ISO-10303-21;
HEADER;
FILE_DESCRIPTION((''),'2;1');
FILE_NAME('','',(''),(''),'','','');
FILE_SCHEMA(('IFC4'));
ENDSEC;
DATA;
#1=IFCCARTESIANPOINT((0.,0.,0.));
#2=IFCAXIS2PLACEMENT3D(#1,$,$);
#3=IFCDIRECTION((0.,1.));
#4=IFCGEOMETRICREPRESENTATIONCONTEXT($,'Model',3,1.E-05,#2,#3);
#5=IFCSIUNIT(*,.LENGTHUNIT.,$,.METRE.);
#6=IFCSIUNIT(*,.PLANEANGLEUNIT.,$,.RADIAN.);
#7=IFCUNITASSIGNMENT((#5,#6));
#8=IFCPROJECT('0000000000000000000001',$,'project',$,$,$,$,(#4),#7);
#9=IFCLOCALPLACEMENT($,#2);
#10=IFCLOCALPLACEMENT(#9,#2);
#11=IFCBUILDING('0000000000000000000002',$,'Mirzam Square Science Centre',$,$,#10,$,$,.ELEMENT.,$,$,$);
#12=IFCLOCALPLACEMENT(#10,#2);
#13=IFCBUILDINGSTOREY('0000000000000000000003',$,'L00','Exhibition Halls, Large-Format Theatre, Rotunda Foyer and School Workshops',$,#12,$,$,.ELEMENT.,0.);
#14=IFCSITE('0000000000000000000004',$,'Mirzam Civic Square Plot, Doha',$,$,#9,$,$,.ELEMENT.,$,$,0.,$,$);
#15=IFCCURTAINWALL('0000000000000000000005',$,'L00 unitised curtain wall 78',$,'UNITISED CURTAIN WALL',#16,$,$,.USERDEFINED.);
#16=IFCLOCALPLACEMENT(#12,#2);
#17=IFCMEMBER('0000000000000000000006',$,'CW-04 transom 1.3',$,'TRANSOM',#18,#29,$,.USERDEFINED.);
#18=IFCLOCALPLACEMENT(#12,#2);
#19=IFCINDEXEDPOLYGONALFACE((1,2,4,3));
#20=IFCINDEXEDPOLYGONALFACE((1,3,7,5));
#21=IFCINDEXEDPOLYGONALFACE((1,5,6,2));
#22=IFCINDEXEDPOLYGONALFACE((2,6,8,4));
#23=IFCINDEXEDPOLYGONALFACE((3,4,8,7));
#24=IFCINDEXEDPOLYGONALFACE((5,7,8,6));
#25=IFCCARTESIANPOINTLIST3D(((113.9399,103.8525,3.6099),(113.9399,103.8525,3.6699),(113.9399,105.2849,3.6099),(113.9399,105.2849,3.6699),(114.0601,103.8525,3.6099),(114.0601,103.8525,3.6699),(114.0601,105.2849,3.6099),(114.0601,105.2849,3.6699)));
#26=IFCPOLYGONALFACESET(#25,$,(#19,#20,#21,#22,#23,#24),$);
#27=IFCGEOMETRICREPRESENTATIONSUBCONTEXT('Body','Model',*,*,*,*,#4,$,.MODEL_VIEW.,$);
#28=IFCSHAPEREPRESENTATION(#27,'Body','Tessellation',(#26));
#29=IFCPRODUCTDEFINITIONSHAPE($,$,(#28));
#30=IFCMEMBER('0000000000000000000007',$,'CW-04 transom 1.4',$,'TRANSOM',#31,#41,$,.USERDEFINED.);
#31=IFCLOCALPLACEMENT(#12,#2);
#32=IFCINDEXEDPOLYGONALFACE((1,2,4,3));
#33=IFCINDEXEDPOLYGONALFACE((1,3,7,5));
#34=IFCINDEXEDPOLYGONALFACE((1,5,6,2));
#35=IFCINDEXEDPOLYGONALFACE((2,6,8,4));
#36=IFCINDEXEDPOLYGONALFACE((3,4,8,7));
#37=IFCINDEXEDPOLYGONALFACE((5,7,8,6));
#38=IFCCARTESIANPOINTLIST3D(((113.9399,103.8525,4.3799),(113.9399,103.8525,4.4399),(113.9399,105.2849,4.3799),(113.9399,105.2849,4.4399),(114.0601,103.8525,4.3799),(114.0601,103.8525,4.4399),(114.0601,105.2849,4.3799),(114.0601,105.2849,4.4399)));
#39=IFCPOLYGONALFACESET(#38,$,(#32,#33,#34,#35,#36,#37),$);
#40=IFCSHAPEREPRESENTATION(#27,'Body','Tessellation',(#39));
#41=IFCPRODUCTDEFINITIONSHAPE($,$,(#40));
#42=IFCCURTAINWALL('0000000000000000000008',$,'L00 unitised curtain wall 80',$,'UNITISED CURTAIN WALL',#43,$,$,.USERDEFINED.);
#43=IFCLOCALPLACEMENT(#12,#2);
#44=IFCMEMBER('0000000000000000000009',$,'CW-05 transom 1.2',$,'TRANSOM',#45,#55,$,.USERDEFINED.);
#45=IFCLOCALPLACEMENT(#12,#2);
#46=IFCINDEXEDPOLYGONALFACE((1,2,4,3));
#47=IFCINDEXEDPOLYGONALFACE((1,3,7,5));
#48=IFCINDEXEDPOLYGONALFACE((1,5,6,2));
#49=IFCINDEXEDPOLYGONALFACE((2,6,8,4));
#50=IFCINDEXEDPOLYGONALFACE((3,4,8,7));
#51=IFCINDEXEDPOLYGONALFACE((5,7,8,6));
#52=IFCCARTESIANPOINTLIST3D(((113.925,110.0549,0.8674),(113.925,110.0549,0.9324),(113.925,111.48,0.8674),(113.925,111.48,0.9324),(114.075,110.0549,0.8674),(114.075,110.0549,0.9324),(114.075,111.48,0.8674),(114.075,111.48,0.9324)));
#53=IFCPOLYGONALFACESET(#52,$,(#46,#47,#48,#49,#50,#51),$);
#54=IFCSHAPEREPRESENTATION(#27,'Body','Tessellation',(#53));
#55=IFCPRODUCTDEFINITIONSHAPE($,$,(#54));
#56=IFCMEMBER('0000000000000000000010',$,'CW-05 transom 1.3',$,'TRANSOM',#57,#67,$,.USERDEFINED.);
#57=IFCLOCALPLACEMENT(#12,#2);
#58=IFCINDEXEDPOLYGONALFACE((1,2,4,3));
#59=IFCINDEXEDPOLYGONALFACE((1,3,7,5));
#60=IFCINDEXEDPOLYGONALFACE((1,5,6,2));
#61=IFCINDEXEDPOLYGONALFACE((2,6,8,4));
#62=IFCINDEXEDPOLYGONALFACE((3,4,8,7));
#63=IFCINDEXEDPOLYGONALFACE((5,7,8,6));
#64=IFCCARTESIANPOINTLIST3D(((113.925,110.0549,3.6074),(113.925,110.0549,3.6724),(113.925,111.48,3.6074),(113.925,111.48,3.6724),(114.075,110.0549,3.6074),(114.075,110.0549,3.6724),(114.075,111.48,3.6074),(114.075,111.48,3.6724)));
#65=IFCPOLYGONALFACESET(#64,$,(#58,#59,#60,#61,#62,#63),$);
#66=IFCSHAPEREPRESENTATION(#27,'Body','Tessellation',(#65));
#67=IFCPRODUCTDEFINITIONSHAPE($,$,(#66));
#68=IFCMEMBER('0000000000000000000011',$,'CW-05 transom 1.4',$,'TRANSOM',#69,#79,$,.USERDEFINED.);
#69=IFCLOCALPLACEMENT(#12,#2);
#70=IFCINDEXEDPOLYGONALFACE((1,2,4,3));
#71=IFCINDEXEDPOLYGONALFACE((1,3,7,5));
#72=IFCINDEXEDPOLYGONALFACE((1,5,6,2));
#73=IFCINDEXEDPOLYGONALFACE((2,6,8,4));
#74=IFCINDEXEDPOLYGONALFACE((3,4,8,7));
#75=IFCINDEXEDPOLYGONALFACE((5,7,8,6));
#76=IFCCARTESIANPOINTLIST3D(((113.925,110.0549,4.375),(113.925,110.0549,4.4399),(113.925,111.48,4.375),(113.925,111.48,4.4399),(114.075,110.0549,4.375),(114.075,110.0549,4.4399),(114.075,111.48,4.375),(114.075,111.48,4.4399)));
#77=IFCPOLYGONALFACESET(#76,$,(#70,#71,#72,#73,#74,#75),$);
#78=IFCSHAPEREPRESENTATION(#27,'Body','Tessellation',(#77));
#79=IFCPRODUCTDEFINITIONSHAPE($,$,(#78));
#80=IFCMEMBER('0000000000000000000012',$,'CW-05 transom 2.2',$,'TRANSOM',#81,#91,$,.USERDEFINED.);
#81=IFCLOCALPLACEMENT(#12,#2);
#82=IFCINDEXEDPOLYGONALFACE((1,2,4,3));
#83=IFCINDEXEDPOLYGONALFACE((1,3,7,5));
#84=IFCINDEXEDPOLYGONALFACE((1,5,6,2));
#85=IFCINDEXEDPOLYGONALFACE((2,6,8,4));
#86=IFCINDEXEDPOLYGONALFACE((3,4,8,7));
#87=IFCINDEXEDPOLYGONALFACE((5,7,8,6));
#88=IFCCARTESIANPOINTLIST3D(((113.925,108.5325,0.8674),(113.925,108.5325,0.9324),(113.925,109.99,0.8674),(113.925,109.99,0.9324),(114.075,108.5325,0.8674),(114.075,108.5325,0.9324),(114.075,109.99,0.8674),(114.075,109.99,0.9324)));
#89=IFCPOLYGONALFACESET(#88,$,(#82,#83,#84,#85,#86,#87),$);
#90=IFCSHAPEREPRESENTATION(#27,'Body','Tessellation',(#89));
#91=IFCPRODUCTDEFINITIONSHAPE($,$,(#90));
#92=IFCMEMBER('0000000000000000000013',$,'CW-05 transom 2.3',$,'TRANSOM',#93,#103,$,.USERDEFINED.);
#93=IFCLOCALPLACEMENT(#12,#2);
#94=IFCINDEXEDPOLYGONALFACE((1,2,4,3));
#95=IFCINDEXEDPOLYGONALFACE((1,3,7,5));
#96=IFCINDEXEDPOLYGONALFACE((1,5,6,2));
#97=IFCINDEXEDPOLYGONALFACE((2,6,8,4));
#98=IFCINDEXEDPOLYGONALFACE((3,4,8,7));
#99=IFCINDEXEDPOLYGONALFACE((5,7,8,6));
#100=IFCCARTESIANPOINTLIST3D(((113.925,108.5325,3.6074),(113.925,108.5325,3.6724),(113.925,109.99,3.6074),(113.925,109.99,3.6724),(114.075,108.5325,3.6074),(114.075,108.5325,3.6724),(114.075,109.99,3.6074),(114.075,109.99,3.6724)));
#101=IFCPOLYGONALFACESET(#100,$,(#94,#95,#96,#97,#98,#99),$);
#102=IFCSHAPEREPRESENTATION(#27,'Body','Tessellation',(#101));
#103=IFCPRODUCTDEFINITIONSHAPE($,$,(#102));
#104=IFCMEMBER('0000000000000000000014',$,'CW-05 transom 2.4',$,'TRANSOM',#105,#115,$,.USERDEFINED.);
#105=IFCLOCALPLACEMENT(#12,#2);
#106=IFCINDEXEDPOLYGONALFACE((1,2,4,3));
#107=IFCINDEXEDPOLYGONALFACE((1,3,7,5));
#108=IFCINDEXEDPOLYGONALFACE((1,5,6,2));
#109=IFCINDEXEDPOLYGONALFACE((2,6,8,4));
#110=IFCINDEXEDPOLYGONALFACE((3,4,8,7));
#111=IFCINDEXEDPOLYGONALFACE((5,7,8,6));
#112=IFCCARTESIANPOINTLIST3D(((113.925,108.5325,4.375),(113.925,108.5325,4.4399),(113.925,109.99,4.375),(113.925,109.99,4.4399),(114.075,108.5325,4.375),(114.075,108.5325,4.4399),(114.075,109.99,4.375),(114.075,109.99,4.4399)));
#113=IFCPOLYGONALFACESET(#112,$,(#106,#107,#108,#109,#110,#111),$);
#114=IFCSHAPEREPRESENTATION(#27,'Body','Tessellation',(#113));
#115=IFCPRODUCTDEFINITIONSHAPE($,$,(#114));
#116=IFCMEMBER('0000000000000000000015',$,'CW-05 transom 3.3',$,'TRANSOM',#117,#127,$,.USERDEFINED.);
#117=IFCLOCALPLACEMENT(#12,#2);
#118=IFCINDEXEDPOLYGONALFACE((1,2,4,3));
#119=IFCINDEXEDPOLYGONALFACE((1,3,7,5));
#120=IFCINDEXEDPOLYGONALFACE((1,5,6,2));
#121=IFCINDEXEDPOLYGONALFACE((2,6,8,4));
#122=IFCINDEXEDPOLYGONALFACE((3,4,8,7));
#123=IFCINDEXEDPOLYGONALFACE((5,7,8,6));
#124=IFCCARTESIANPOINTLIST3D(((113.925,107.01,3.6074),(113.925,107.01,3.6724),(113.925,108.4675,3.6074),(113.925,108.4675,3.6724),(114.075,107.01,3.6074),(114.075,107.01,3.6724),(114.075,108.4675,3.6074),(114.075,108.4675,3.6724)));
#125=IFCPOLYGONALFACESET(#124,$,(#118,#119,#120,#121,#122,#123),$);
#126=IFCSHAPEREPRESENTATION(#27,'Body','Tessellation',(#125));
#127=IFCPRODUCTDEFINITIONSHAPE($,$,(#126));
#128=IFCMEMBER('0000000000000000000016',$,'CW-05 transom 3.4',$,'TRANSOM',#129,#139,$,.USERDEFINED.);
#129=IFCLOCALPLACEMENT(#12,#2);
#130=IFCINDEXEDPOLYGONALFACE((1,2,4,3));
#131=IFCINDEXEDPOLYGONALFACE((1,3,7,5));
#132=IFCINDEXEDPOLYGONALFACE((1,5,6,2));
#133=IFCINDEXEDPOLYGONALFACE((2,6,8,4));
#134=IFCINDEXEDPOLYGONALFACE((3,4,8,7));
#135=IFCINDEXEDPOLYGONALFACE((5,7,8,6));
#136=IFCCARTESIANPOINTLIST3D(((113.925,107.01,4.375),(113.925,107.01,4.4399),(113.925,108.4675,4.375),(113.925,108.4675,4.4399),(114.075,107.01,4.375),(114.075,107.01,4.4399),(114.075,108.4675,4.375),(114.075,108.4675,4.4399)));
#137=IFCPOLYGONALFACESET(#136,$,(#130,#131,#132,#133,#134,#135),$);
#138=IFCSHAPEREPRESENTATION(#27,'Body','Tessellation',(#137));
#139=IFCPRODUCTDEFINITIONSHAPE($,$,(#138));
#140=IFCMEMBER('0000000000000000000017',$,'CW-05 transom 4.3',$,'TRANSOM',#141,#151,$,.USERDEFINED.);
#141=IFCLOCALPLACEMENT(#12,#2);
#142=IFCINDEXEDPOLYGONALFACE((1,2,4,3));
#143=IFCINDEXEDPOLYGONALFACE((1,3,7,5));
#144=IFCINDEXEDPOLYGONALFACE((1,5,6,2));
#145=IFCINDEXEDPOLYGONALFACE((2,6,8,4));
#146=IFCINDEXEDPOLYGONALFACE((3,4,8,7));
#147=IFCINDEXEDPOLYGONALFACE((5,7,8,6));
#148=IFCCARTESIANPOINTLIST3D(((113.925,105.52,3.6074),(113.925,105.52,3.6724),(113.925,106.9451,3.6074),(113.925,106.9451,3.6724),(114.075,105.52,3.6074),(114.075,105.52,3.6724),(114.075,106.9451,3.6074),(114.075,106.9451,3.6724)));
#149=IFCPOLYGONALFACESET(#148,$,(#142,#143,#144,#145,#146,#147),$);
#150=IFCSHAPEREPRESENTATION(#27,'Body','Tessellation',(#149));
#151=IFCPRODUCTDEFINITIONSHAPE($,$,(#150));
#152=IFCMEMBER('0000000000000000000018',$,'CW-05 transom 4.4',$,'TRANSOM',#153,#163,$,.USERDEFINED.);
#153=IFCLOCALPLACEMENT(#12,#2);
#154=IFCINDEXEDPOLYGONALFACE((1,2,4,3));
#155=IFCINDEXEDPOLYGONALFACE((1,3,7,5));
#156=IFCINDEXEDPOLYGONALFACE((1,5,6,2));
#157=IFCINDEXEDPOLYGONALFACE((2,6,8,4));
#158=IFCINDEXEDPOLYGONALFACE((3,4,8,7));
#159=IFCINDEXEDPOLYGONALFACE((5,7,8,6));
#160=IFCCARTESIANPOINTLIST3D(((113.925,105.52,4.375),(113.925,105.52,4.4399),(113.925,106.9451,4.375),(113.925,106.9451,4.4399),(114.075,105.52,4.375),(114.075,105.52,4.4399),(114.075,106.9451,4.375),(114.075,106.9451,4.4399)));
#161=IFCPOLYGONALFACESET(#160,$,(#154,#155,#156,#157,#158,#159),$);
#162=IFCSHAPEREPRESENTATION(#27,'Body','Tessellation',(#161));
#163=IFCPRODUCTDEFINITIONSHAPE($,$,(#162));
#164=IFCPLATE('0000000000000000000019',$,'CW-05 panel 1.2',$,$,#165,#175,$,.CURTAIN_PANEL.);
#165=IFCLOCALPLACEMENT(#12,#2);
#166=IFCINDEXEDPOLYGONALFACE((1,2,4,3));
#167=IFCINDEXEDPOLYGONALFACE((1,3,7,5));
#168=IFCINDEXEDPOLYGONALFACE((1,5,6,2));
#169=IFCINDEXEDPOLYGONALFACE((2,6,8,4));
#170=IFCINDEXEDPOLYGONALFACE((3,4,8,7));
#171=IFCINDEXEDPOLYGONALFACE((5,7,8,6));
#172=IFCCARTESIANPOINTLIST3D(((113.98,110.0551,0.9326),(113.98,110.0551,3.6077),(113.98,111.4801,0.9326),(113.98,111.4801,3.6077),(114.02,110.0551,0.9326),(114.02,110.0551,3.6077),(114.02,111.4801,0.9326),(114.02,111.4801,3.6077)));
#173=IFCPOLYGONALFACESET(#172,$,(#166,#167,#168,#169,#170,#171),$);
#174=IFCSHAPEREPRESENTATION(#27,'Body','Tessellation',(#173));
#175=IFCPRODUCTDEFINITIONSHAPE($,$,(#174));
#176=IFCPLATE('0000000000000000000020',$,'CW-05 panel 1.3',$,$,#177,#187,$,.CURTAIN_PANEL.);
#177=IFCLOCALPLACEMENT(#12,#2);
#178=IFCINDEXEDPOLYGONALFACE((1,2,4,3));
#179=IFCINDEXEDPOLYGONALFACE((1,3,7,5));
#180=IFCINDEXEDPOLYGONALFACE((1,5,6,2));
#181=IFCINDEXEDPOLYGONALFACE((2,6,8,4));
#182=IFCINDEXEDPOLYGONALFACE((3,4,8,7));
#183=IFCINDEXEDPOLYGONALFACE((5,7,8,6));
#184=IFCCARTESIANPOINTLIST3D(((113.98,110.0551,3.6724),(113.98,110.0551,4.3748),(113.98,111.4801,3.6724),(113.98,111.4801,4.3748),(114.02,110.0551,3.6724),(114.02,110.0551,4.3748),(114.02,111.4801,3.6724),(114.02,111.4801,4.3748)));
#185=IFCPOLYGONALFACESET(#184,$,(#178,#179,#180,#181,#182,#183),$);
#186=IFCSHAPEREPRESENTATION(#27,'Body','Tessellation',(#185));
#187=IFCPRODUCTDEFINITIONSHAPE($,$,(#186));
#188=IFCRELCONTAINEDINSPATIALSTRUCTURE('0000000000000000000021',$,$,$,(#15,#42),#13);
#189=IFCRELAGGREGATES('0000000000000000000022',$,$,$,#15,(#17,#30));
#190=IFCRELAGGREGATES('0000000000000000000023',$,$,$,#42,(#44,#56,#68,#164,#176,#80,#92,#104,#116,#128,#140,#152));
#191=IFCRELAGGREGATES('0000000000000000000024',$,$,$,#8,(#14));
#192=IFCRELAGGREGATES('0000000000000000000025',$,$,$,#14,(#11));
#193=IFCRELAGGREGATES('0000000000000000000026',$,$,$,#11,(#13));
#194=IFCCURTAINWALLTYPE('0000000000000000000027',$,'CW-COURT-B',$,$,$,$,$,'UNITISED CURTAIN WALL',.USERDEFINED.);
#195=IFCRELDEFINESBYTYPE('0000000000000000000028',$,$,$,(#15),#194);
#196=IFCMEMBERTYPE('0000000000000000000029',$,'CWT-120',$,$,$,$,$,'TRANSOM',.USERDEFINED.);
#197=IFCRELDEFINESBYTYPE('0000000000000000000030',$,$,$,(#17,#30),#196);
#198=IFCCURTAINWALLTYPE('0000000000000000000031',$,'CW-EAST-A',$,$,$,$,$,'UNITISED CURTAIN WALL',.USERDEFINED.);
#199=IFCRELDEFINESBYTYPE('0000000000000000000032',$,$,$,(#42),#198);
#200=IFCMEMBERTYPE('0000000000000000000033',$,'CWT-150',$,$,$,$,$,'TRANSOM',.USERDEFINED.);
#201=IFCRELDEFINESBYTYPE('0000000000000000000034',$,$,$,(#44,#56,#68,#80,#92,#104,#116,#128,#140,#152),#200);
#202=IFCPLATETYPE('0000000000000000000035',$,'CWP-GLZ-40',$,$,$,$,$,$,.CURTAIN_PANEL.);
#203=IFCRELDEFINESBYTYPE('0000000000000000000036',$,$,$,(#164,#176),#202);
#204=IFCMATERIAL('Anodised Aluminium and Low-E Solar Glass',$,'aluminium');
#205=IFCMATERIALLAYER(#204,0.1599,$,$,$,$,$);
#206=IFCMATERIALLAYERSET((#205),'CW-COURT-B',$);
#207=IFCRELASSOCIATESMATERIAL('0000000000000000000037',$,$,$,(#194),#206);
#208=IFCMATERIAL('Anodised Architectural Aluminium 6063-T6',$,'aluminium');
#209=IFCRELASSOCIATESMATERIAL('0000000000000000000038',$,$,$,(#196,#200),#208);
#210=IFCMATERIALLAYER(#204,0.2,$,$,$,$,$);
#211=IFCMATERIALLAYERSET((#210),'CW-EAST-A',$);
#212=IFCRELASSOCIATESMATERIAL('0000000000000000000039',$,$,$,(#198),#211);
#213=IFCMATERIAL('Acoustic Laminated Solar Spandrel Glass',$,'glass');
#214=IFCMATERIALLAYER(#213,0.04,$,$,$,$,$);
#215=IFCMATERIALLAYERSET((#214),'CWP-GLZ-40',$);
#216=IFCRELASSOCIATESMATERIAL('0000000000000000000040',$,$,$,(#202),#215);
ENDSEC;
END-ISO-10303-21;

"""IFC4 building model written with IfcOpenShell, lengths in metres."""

from ifc_helpers import new_model, si_unit, direction, frame, origin, origin_2d, place, context, subcontext, project, spatial, rectangle, extrude, material, layer, layer_set, material_profile, profile_set, type_object, element, aggregate, save


model = new_model("IFC4")

# Units and contexts
model_context = context("Model", 3, precision=1e-05, world=origin(), true_north=direction((0.0, 1.0)))
body_context = subcontext(model_context, "Body", "Model", "MODEL_VIEW")
ifc_project = project(units=[si_unit("LENGTHUNIT", "METRE"), si_unit("PLANEANGLEUNIT", "RADIAN")], contexts=[model_context])

# Site, building, storey
site_placement = place(None, origin())
site = spatial("IfcSite", under=ifc_project, at=site_placement, Name="Mirzam Civic Square Plot, Doha", CompositionType="ELEMENT", RefElevation=0.0)
building_placement = place(site_placement, origin())
building = spatial("IfcBuilding", under=site, at=building_placement, Name="Mirzam Square Science Centre", CompositionType="ELEMENT")
storey_placement = place(building_placement, origin())
storey = spatial("IfcBuildingStorey", under=building, at=storey_placement, Name="L00", Description="Exhibition Halls, Large-Format Theatre, Rotunda Foyer and School Workshops", CompositionType="ELEMENT", Elevation=0.0)

# Curtain wall, members
ifc_material_1 = material(Name="Anodised Aluminium and Low-E Solar Glass", Category="aluminium")
ifc_layer_1 = layer(ifc_material_1, 0.1599)
ifc_layer_set_1 = layer_set([ifc_layer_1], Name="CW-COURT-B")
curtain_wall_type_1 = type_object("IfcCurtainWallType", Name="CW-COURT-B", ElementType="UNITISED CURTAIN WALL", PredefinedType="USERDEFINED", material=ifc_layer_set_1)
curtain_wall_1_placement = place(storey_placement, origin())
curtain_wall_1 = element("IfcCurtainWall", 1, at=curtain_wall_1_placement, inside=storey, type_object=curtain_wall_type_1, Name="L00 unitised curtain wall 78", ObjectType="UNITISED CURTAIN WALL", PredefinedType="USERDEFINED")
ifc_material_2 = material(Name="Anodised Architectural Aluminium 6063-T6", Category="aluminium")
ifc_material_profile_1 = material_profile(ifc_material_2, rectangle(XDim=0.1201, YDim=0.0601, at=origin_2d()), Name="ALU-TRAN-120x60x4")
ifc_profile_set_1 = profile_set([ifc_material_profile_1], Name="Anodised Architectural Aluminium 6063-T6")
member_type_1 = type_object("IfcMemberType", Name="CWT-120", ElementType="TRANSOM", PredefinedType="USERDEFINED", material=ifc_profile_set_1)
member_1_placement = place(storey_placement, frame((114.0, 105.2849, 3.6399), z_axis=(0.0, -1.0, 0.0), x_axis=(1.0, 0.0, 0.0)))
member_1 = element("IfcMember", 2, at=member_1_placement, type_object=member_type_1, Name="CW-04 transom 1.3", ObjectType="TRANSOM", PredefinedType="USERDEFINED", context=body_context, shape_type="SweptSolid", body=[
    extrude(rectangle(XDim=0.1201, YDim=0.0601, at=origin_2d()), origin(), (0.0, 0.0, 1.0), 1.4324),
])
member_2_placement = place(storey_placement, frame((114.0, 105.2849, 4.4099), z_axis=(0.0, -1.0, 0.0), x_axis=(1.0, 0.0, 0.0)))
member_2 = element("IfcMember", 3, at=member_2_placement, type_object=member_type_1, Name="CW-04 transom 1.4", ObjectType="TRANSOM", PredefinedType="USERDEFINED", context=body_context, shape_type="SweptSolid", body=[
    extrude(rectangle(XDim=0.1201, YDim=0.0601, at=origin_2d()), origin(), (0.0, 0.0, 1.0), 1.4324),
])
aggregate(curtain_wall_1, [member_1, member_2])

# Curtain wall, members, plates
ifc_layer_2 = layer(ifc_material_1, 0.2)
ifc_layer_set_2 = layer_set([ifc_layer_2], Name="CW-EAST-A")
curtain_wall_type_2 = type_object("IfcCurtainWallType", Name="CW-EAST-A", ElementType="UNITISED CURTAIN WALL", PredefinedType="USERDEFINED", material=ifc_layer_set_2)
curtain_wall_2_placement = place(storey_placement, origin())
curtain_wall_2 = element("IfcCurtainWall", 4, at=curtain_wall_2_placement, inside=storey, type_object=curtain_wall_type_2, Name="L00 unitised curtain wall 80", ObjectType="UNITISED CURTAIN WALL", PredefinedType="USERDEFINED")
ifc_material_profile_2 = material_profile(ifc_material_2, rectangle(XDim=0.1499, YDim=0.0649, at=origin_2d()), Name="ALU-TRAN-150x65x4")
ifc_profile_set_2 = profile_set([ifc_material_profile_2], Name="Anodised Architectural Aluminium 6063-T6")
member_type_2 = type_object("IfcMemberType", Name="CWT-150", ElementType="TRANSOM", PredefinedType="USERDEFINED", material=ifc_profile_set_2)
member_3_placement = place(storey_placement, frame((114.0, 111.48, 0.8999), z_axis=(0.0, -1.0, 0.0), x_axis=(1.0, 0.0, 0.0)))
member_3 = element("IfcMember", 5, at=member_3_placement, type_object=member_type_2, Name="CW-05 transom 1.2", ObjectType="TRANSOM", PredefinedType="USERDEFINED", context=body_context, shape_type="SweptSolid", body=[
    extrude(rectangle(XDim=0.1499, YDim=0.0649, at=origin_2d()), origin(), (0.0, 0.0, 1.0), 1.425),
])
member_4_placement = place(storey_placement, frame((114.0, 111.48, 3.6399), z_axis=(0.0, -1.0, 0.0), x_axis=(1.0, 0.0, 0.0)))
member_4 = element("IfcMember", 6, at=member_4_placement, type_object=member_type_2, Name="CW-05 transom 1.3", ObjectType="TRANSOM", PredefinedType="USERDEFINED", context=body_context, shape_type="SweptSolid", body=[
    extrude(rectangle(XDim=0.1499, YDim=0.0649, at=origin_2d()), origin(), (0.0, 0.0, 1.0), 1.425),
])
member_5_placement = place(storey_placement, frame((114.0, 111.48, 4.4075), z_axis=(0.0, -1.0, 0.0), x_axis=(1.0, 0.0, 0.0)))
member_5 = element("IfcMember", 7, at=member_5_placement, type_object=member_type_2, Name="CW-05 transom 1.4", ObjectType="TRANSOM", PredefinedType="USERDEFINED", context=body_context, shape_type="SweptSolid", body=[
    extrude(rectangle(XDim=0.1499, YDim=0.0649, at=origin_2d()), origin(), (0.0, 0.0, 1.0), 1.425),
])
member_6_placement = place(storey_placement, frame((114.0, 109.99, 0.8999), z_axis=(0.0, -1.0, 0.0), x_axis=(1.0, 0.0, 0.0)))
member_6 = element("IfcMember", 8, at=member_6_placement, type_object=member_type_2, Name="CW-05 transom 2.2", ObjectType="TRANSOM", PredefinedType="USERDEFINED", context=body_context, shape_type="SweptSolid", body=[
    extrude(rectangle(XDim=0.1499, YDim=0.0649, at=origin_2d()), origin(), (0.0, 0.0, 1.0), 1.4575),
])
member_7_placement = place(storey_placement, frame((114.0, 109.99, 3.6399), z_axis=(0.0, -1.0, 0.0), x_axis=(1.0, 0.0, 0.0)))
member_7 = element("IfcMember", 9, at=member_7_placement, type_object=member_type_2, Name="CW-05 transom 2.3", ObjectType="TRANSOM", PredefinedType="USERDEFINED", context=body_context, shape_type="SweptSolid", body=[
    extrude(rectangle(XDim=0.1499, YDim=0.0649, at=origin_2d()), origin(), (0.0, 0.0, 1.0), 1.4575),
])
member_8_placement = place(storey_placement, frame((114.0, 109.99, 4.4075), z_axis=(0.0, -1.0, 0.0), x_axis=(1.0, 0.0, 0.0)))
member_8 = element("IfcMember", 10, at=member_8_placement, type_object=member_type_2, Name="CW-05 transom 2.4", ObjectType="TRANSOM", PredefinedType="USERDEFINED", context=body_context, shape_type="SweptSolid", body=[
    extrude(rectangle(XDim=0.1499, YDim=0.0649, at=origin_2d()), origin(), (0.0, 0.0, 1.0), 1.4575),
])
member_9_placement = place(storey_placement, frame((114.0, 108.4675, 3.6399), z_axis=(0.0, -1.0, 0.0), x_axis=(1.0, 0.0, 0.0)))
member_9 = element("IfcMember", 11, at=member_9_placement, type_object=member_type_2, Name="CW-05 transom 3.3", ObjectType="TRANSOM", PredefinedType="USERDEFINED", context=body_context, shape_type="SweptSolid", body=[
    extrude(rectangle(XDim=0.1499, YDim=0.0649, at=origin_2d()), origin(), (0.0, 0.0, 1.0), 1.4575),
])
member_10_placement = place(storey_placement, frame((114.0, 108.4675, 4.4075), z_axis=(0.0, -1.0, 0.0), x_axis=(1.0, 0.0, 0.0)))
member_10 = element("IfcMember", 12, at=member_10_placement, type_object=member_type_2, Name="CW-05 transom 3.4", ObjectType="TRANSOM", PredefinedType="USERDEFINED", context=body_context, shape_type="SweptSolid", body=[
    extrude(rectangle(XDim=0.1499, YDim=0.0649, at=origin_2d()), origin(), (0.0, 0.0, 1.0), 1.4575),
])
member_11_placement = place(storey_placement, frame((114.0, 106.9451, 3.6399), z_axis=(0.0, -1.0, 0.0), x_axis=(1.0, 0.0, 0.0)))
member_11 = element("IfcMember", 13, at=member_11_placement, type_object=member_type_2, Name="CW-05 transom 4.3", ObjectType="TRANSOM", PredefinedType="USERDEFINED", context=body_context, shape_type="SweptSolid", body=[
    extrude(rectangle(XDim=0.1499, YDim=0.0649, at=origin_2d()), origin(), (0.0, 0.0, 1.0), 1.425),
])
member_12_placement = place(storey_placement, frame((114.0, 106.9451, 4.4075), z_axis=(0.0, -1.0, 0.0), x_axis=(1.0, 0.0, 0.0)))
member_12 = element("IfcMember", 14, at=member_12_placement, type_object=member_type_2, Name="CW-05 transom 4.4", ObjectType="TRANSOM", PredefinedType="USERDEFINED", context=body_context, shape_type="SweptSolid", body=[
    extrude(rectangle(XDim=0.1499, YDim=0.0649, at=origin_2d()), origin(), (0.0, 0.0, 1.0), 1.425),
])
ifc_material_3 = material(Name="Acoustic Laminated Solar Spandrel Glass", Category="glass")
ifc_layer_3 = layer(ifc_material_3, 0.04)
ifc_layer_set_3 = layer_set([ifc_layer_3], Name="CWP-GLZ-40")
plate_type = type_object("IfcPlateType", Name="CWP-GLZ-40", PredefinedType="CURTAIN_PANEL", material=ifc_layer_set_3)
plate_1_placement = place(storey_placement, frame((114.0, 110.7676, 0.9326), z_axis=(0.0, 0.0, 1.0), x_axis=(0.0, -1.0, 0.0)))
plate_1 = element("IfcPlate", 15, at=plate_1_placement, type_object=plate_type, Name="CW-05 panel 1.2", PredefinedType="CURTAIN_PANEL", context=body_context, shape_type="SweptSolid", body=[
    extrude(rectangle(XDim=1.425, YDim=0.04, at=origin_2d()), origin(), (0.0, 0.0, 1.0), 2.675),
])
plate_2_placement = place(storey_placement, frame((114.0, 110.7676, 3.6724), z_axis=(0.0, 0.0, 1.0), x_axis=(0.0, -1.0, 0.0)))
plate_2 = element("IfcPlate", 16, at=plate_2_placement, type_object=plate_type, Name="CW-05 panel 1.3", PredefinedType="CURTAIN_PANEL", context=body_context, shape_type="SweptSolid", body=[
    extrude(rectangle(XDim=1.425, YDim=0.04, at=origin_2d()), origin(), (0.0, 0.0, 1.0), 0.7024),
])
aggregate(curtain_wall_2, [member_3, member_4, member_5, plate_1, plate_2, member_6, member_7, member_8, member_9, member_10, member_11, member_12])

save(model, "model.ifc")
